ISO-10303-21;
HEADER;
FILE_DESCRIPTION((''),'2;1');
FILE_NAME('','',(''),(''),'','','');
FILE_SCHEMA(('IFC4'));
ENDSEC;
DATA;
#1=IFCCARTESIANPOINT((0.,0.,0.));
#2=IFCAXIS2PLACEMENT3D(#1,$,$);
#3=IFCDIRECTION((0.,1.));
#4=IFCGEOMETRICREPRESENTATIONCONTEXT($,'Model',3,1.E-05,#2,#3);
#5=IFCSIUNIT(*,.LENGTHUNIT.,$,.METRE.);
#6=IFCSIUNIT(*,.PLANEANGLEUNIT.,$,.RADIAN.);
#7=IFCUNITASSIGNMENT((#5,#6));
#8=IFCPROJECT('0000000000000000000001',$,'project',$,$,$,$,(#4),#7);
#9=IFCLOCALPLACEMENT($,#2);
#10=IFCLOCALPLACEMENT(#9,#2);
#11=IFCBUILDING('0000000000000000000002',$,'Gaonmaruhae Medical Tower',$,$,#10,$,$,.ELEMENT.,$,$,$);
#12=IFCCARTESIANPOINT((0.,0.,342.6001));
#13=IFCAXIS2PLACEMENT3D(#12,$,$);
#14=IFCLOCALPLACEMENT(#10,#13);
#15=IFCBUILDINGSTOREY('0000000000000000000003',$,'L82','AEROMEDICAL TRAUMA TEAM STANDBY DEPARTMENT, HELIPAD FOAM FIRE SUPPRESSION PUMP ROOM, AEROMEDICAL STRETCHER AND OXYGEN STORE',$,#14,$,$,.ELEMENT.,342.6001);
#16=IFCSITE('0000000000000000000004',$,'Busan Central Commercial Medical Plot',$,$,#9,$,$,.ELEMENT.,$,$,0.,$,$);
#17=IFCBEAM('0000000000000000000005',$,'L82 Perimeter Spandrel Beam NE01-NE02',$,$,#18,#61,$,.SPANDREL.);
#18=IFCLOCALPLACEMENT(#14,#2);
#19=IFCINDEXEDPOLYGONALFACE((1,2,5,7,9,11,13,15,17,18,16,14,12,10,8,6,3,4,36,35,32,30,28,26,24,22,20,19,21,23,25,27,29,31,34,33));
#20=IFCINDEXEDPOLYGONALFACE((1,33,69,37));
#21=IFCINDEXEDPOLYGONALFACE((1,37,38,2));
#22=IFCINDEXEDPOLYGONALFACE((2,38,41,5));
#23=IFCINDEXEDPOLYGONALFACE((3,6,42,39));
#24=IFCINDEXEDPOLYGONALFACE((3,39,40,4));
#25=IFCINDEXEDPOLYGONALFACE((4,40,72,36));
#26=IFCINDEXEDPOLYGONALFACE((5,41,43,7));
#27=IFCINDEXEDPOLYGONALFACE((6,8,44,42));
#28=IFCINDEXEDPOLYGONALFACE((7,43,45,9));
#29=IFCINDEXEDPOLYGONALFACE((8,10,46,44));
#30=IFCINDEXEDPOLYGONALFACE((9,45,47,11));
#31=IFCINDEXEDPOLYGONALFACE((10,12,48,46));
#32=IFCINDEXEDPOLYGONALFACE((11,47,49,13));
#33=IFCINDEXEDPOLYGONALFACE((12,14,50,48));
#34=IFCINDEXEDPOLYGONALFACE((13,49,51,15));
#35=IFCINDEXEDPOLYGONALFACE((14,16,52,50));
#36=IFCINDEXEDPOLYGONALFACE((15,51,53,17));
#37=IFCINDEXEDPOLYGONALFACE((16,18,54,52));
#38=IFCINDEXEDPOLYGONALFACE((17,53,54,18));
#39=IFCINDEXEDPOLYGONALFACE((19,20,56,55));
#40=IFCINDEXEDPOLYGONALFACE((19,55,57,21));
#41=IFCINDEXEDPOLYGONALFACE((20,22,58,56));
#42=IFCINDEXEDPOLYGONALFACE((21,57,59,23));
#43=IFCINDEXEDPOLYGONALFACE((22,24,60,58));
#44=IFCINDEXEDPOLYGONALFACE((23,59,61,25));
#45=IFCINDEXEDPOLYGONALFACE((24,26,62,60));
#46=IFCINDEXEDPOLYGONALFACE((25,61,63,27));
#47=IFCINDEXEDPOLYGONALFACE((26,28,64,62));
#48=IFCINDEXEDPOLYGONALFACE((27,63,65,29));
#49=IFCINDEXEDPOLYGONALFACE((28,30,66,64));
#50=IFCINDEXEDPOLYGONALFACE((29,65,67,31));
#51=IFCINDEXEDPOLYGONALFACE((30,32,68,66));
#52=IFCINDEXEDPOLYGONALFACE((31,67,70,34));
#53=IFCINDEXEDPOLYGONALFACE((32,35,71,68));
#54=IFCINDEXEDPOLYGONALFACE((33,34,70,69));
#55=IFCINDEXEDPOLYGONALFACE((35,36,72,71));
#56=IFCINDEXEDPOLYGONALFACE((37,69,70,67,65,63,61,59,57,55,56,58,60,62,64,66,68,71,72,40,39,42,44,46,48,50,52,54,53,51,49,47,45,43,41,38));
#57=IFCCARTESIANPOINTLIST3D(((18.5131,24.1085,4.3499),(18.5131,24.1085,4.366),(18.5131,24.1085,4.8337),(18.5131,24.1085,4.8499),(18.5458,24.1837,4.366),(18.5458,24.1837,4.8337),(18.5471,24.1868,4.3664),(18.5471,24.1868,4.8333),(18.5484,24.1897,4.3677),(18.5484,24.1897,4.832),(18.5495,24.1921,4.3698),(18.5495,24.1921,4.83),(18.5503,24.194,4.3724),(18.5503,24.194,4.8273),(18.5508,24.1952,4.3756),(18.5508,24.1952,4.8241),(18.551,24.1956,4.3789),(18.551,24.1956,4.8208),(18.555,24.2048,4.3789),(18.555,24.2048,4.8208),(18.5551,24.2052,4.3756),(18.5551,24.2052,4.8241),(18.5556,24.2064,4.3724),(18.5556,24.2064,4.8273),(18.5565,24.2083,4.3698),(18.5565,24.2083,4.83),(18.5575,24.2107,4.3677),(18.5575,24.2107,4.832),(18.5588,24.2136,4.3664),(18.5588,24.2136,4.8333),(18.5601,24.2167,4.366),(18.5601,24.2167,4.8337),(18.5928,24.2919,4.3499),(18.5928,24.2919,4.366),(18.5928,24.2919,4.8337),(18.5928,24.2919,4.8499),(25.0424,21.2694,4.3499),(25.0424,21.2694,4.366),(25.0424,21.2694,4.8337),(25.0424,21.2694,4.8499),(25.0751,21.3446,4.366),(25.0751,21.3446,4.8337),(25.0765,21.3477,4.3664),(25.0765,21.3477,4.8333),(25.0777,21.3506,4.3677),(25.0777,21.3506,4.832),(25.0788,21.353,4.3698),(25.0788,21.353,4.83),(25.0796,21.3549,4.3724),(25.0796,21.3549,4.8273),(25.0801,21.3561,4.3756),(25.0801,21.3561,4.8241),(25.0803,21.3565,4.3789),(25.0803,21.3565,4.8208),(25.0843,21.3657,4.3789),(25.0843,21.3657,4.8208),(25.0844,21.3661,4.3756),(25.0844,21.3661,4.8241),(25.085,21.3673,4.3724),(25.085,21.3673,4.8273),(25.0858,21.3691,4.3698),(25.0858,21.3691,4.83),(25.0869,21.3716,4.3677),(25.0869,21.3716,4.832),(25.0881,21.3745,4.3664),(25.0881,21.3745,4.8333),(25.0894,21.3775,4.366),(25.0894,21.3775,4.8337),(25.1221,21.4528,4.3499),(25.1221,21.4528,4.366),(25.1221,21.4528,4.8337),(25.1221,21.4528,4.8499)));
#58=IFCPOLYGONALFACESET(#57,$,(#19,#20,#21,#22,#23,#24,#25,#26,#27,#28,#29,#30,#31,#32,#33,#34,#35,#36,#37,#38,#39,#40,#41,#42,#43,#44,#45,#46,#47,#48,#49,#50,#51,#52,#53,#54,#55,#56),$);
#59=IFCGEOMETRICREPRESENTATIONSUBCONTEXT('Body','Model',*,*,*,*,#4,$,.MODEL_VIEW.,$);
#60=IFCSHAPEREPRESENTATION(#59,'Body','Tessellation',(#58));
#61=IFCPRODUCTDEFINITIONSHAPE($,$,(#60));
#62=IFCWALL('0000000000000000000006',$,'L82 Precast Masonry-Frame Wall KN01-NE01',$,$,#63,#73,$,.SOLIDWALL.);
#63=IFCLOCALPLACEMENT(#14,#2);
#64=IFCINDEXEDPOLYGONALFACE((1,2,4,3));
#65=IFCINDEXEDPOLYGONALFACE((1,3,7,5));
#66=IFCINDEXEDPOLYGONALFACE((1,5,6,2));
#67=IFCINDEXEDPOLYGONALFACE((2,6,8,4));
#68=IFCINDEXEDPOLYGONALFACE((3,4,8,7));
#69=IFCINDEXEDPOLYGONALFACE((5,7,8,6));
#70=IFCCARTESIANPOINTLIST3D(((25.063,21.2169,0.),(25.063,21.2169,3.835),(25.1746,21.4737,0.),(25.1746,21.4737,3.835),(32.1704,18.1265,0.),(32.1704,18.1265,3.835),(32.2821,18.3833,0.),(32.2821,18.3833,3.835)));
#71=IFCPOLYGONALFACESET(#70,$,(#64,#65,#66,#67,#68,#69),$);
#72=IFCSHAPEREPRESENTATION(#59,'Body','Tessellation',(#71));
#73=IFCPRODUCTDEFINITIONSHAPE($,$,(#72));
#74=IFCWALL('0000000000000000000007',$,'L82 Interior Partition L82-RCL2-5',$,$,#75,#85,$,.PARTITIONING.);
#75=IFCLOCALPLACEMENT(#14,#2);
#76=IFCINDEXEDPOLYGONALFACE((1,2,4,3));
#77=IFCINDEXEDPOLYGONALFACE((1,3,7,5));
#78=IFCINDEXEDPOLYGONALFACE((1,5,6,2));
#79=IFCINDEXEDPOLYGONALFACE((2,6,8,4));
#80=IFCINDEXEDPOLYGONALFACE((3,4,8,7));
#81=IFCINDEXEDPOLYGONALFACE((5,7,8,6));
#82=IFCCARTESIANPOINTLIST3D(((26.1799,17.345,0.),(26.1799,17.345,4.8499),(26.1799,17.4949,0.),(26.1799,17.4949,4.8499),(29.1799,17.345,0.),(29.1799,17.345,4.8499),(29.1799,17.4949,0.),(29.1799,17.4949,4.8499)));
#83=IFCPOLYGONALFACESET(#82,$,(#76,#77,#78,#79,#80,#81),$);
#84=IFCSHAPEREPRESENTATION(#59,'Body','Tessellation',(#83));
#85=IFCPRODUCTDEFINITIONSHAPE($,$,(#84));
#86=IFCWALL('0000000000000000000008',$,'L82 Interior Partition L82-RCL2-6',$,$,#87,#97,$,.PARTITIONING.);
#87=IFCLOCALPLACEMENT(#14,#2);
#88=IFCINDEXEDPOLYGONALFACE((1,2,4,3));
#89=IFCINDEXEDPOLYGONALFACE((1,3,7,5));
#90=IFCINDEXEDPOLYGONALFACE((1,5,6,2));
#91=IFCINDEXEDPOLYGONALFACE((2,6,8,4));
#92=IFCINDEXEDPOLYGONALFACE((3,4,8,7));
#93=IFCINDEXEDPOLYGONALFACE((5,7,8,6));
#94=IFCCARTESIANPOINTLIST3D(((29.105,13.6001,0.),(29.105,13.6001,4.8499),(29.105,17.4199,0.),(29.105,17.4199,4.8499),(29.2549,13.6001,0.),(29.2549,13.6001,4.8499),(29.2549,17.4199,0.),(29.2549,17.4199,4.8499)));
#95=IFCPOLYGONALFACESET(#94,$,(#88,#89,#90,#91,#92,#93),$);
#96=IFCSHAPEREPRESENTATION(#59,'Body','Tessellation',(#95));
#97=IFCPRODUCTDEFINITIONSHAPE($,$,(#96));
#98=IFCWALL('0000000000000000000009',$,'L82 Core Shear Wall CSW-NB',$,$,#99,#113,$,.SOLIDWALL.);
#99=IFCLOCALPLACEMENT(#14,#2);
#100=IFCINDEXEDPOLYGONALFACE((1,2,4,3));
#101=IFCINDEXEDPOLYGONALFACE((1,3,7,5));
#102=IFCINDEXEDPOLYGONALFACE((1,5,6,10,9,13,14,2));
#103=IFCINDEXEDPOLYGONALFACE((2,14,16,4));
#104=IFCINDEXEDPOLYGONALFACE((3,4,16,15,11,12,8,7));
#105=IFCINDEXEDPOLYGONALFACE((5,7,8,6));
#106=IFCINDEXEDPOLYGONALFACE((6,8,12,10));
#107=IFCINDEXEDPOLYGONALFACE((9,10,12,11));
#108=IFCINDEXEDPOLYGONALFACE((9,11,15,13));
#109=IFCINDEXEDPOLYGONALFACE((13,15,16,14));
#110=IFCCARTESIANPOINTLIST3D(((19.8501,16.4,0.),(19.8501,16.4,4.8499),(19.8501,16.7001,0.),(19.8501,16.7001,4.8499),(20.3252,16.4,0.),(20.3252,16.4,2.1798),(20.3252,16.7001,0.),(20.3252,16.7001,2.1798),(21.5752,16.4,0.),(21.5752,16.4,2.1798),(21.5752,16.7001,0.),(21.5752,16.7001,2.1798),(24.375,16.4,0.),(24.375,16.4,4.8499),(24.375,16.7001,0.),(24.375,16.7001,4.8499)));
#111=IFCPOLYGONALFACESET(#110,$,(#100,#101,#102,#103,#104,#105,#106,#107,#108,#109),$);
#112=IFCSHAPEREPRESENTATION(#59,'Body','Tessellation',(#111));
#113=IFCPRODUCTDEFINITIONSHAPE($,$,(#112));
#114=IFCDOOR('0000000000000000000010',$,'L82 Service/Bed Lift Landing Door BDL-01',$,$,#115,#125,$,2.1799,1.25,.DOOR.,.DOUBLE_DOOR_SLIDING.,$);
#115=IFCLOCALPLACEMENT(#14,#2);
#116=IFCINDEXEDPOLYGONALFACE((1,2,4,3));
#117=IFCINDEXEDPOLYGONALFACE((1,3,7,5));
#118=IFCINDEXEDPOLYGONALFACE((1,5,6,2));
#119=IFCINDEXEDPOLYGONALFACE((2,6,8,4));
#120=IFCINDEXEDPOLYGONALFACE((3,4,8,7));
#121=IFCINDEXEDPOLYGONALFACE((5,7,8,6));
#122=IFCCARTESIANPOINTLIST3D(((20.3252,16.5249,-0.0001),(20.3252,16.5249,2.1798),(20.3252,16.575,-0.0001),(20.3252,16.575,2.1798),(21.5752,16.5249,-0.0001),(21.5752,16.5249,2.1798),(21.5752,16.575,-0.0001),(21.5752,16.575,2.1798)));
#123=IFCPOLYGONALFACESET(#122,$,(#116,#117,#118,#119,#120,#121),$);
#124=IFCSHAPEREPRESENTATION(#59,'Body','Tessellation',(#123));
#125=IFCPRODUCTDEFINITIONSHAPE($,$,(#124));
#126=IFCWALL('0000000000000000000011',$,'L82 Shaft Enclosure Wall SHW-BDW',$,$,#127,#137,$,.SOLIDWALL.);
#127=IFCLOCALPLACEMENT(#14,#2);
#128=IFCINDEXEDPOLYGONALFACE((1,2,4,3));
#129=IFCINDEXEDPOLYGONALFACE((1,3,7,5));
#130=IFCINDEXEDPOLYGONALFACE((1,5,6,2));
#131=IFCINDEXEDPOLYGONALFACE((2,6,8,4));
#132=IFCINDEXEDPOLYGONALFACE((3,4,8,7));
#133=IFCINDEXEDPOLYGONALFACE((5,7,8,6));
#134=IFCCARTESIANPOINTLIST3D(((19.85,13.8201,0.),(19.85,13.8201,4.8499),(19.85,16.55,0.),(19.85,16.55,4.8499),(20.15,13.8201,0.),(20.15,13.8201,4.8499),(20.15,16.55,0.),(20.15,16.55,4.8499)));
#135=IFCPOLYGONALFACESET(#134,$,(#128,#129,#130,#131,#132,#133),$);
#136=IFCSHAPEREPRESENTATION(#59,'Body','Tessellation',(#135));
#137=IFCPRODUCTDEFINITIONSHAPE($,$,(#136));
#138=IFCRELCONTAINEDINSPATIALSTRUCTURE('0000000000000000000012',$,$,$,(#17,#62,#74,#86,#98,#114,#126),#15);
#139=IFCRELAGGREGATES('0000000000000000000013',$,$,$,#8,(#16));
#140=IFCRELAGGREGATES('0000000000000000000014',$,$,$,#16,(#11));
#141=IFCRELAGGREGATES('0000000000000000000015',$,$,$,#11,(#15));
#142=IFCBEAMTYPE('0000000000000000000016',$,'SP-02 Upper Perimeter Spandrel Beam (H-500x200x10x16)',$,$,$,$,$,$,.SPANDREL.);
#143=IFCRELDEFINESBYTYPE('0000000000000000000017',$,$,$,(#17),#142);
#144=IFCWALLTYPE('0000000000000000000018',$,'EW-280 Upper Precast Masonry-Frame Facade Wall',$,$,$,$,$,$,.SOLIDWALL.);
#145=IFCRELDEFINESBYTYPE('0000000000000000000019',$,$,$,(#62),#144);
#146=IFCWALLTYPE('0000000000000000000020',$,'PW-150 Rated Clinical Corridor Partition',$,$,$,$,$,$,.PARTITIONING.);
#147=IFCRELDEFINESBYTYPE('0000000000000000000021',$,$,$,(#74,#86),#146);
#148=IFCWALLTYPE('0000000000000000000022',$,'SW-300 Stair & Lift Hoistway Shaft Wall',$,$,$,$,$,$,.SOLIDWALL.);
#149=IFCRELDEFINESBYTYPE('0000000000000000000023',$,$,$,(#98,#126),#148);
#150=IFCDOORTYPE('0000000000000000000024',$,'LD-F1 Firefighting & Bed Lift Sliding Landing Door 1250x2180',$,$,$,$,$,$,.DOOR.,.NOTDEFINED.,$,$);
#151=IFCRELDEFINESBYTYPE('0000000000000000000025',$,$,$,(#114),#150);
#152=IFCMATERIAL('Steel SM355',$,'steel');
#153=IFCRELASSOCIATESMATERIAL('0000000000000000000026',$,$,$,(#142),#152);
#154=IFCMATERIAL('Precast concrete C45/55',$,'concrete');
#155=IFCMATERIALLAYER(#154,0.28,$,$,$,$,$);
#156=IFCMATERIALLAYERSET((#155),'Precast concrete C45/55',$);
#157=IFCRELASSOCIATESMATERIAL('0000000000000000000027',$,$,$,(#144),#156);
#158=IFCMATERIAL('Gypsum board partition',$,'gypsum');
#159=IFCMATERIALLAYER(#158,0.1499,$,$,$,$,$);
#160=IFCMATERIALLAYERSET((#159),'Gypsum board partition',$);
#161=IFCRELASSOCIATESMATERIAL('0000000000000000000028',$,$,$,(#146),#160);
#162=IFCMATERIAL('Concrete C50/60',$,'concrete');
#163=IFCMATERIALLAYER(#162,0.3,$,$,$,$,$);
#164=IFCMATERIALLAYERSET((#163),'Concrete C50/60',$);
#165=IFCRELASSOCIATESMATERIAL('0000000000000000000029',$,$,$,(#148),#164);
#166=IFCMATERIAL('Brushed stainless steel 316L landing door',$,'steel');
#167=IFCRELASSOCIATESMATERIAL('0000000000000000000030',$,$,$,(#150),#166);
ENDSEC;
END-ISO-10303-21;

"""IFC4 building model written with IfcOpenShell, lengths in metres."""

from ifc_helpers import new_model, si_unit, direction, frame, frame_2d, origin, origin_2d, place, context, subcontext, project, spatial, rectangle, i_section, extrude, material, layer, layer_set, material_profile, profile_set, type_object, element, fill, save


model = new_model("IFC4")

# Units and contexts
model_context = context("Model", 3, precision=1e-05, world=origin(), true_north=direction((0.0, 1.0)))
body_context = subcontext(model_context, "Body", "Model", "MODEL_VIEW")
ifc_project = project(units=[si_unit("LENGTHUNIT", "METRE"), si_unit("PLANEANGLEUNIT", "RADIAN")], contexts=[model_context])

# Site, building, storey
site_placement = place(None, origin())
site = spatial("IfcSite", under=ifc_project, at=site_placement, Name="Busan Central Commercial Medical Plot", CompositionType="ELEMENT", RefElevation=0.0)
building_placement = place(site_placement, origin())
building = spatial("IfcBuilding", under=site, at=building_placement, Name="Gaonmaruhae Medical Tower", CompositionType="ELEMENT")
storey_placement = place(building_placement, frame((0.0, 0.0, 342.6001)))
storey = spatial("IfcBuildingStorey", under=building, at=storey_placement, Name="L82", Description="AEROMEDICAL TRAUMA TEAM STANDBY DEPARTMENT, HELIPAD FOAM FIRE SUPPRESSION PUMP ROOM, AEROMEDICAL STRETCHER AND OXYGEN STORE", CompositionType="ELEMENT", Elevation=342.6001)

# Shared definitions
ifc_material_1 = material(Name="Concrete C50/60", Category="concrete")

# Beam
ifc_material_2 = material(Name="Steel SM355", Category="steel")
ifc_material_profile_1 = material_profile(ifc_material_2, i_section(OverallWidth=0.2, OverallDepth=0.5, WebThickness=0.01, FlangeThickness=0.0161, FilletRadius=0.0129, at=origin_2d()), Name="H-500x200x10x16")
ifc_profile_set_1 = profile_set([ifc_material_profile_1], Name="Steel SM355")
beam_type_1 = type_object("IfcBeamType", Name="SP-02 Upper Perimeter Spandrel Beam (H-500x200x10x16)", PredefinedType="SPANDREL", material=ifc_profile_set_1)
beam_1_placement = place(storey_placement, frame((25.0823, 21.3611, 4.5999), z_axis=(-0.917055, 0.39876, 0.0), x_axis=(-0.39876, -0.917055, 0.0)))
element("IfcBeam", 1, at=beam_1_placement, inside=storey, type_object=beam_type_1, Name="L82 Perimeter Spandrel Beam NE01-NE02", PredefinedType="SPANDREL", context=body_context, shape_type="SweptSolid", body=[
    extrude(i_section(OverallWidth=0.2, OverallDepth=0.5, WebThickness=0.01, FlangeThickness=0.0161, FilletRadius=0.0129, at=origin_2d()), origin(), (0.0, 0.0, 1.0), 7.1199),
])

# Walls
ifc_material_3 = material(Name="Precast concrete C45/55", Category="concrete")
ifc_layer_1 = layer(ifc_material_3, 0.28)
ifc_layer_set_1 = layer_set([ifc_layer_1], Name="Precast concrete C45/55")
wall_type_1 = type_object("IfcWallType", Name="EW-280 Upper Precast Masonry-Frame Facade Wall", PredefinedType="SOLIDWALL", material=ifc_layer_set_1)
wall_1_placement = place(storey_placement, frame((25.1189, 21.3452, 0.0), z_axis=(0.0, 0.0, 1.0), x_axis=(0.917063, -0.398742, 0.0)))
element("IfcWall", 2, at=wall_1_placement, inside=storey, type_object=wall_type_1, Name="L82 Precast Masonry-Frame Wall KN01-NE01", PredefinedType="SOLIDWALL", context=body_context, shape_type="SweptSolid", body=[
    extrude(rectangle(XDim=7.7502, YDim=0.28, at=frame_2d((3.875, 0.0))), origin(), (0.0, 0.0, 1.0), 3.835),
])
ifc_material_4 = material(Name="Gypsum board partition", Category="gypsum")
ifc_layer_2 = layer(ifc_material_4, 0.1499)
ifc_layer_set_2 = layer_set([ifc_layer_2], Name="Gypsum board partition")
wall_type_2 = type_object("IfcWallType", Name="PW-150 Rated Clinical Corridor Partition", PredefinedType="PARTITIONING", material=ifc_layer_set_2)
wall_2_placement = place(storey_placement, frame((26.1799, 17.4199, 0.0), z_axis=(0.0, 0.0, 1.0), x_axis=(1.0, 0.0, 0.0)))
element("IfcWall", 3, at=wall_2_placement, inside=storey, type_object=wall_type_2, Name="L82 Interior Partition L82-RCL2-5", PredefinedType="PARTITIONING", context=body_context, shape_type="SweptSolid", body=[
    extrude(rectangle(XDim=3.0, YDim=0.1499, at=frame_2d((1.5, 0.0))), origin(), (0.0, 0.0, 1.0), 4.8499),
])
wall_3_placement = place(storey_placement, frame((29.1799, 17.4199, 0.0), z_axis=(0.0, 0.0, 1.0), x_axis=(0.0, -1.0, 0.0)))
element("IfcWall", 4, at=wall_3_placement, inside=storey, type_object=wall_type_2, Name="L82 Interior Partition L82-RCL2-6", PredefinedType="PARTITIONING", context=body_context, shape_type="SweptSolid", body=[
    extrude(rectangle(XDim=3.8198, YDim=0.1499, at=frame_2d((1.9099, 0.0))), origin(), (0.0, 0.0, 1.0), 4.8499),
])

# Wall, opening, door
ifc_layer_3 = layer(ifc_material_1, 0.3)
ifc_layer_set_3 = layer_set([ifc_layer_3], Name="Concrete C50/60")
wall_type_3 = type_object("IfcWallType", Name="SW-300 Stair & Lift Hoistway Shaft Wall", PredefinedType="SOLIDWALL", material=ifc_layer_set_3)
wall_4_placement = place(storey_placement, frame((19.8501, 16.55, 0.0), z_axis=(0.0, 0.0, 1.0), x_axis=(1.0, 0.0, 0.0)))
wall_4 = element("IfcWall", 5, at=wall_4_placement, inside=storey, type_object=wall_type_3, Name="L82 Core Shear Wall CSW-NB", PredefinedType="SOLIDWALL", context=body_context, shape_type="SweptSolid", body=[
    extrude(rectangle(XDim=4.5249, YDim=0.3, at=frame_2d((2.2625, 0.0))), origin(), (0.0, 0.0, 1.0), 4.8499),
])
opening_1_placement = place(wall_4_placement, frame((0.4751, 0.0, 0.0)))
opening_1 = element("IfcOpeningElement", 6, at=opening_1_placement, cuts=wall_4, PredefinedType="OPENING", context=body_context, shape_type="SweptSolid", body=[
    extrude(rectangle(XDim=1.25, YDim=2.1799, at=frame_2d((0.625, 1.0898))), frame((0.0, 0.1602, 0.0), z_axis=(0.0, -1.0, 0.0), x_axis=(1.0, 0.0, 0.0)), (0.0, 0.0, 1.0), 0.3201),
])
ifc_material_5 = material(Name="Brushed stainless steel 316L landing door", Category="steel")
door_type_1 = type_object("IfcDoorType", Name="LD-F1 Firefighting & Bed Lift Sliding Landing Door 1250x2180", OperationType="NOTDEFINED", PredefinedType="DOOR", material=ifc_material_5)
door_1_placement = place(opening_1_placement, origin())
door_1 = element("IfcDoor", 7, at=door_1_placement, inside=storey, type_object=door_type_1, Name="L82 Service/Bed Lift Landing Door BDL-01", OperationType="DOUBLE_DOOR_SLIDING", OverallHeight=2.1799, OverallWidth=1.25, PredefinedType="DOOR", context=body_context, shape_type="SweptSolid", body=[
    extrude(rectangle(XDim=1.25, YDim=2.1799, at=frame_2d((0.625, 1.0898))), frame((0.0, 0.0249, 0.0), z_axis=(0.0, -1.0, 0.0), x_axis=(1.0, 0.0, 0.0)), (0.0, 0.0, 1.0), 0.05),
])
fill(opening_1, door_1)

# Wall
wall_5_placement = place(storey_placement, frame((20.0, 13.8201, 0.0), z_axis=(0.0, 0.0, 1.0), x_axis=(0.0, 1.0, 0.0)))
element("IfcWall", 8, at=wall_5_placement, inside=storey, type_object=wall_type_3, Name="L82 Shaft Enclosure Wall SHW-BDW", PredefinedType="SOLIDWALL", context=body_context, shape_type="SweptSolid", body=[
    extrude(rectangle(XDim=2.73, YDim=0.3, at=frame_2d((1.365, 0.0))), origin(), (0.0, 0.0, 1.0), 4.8499),
])

save(model, "model.ifc")
